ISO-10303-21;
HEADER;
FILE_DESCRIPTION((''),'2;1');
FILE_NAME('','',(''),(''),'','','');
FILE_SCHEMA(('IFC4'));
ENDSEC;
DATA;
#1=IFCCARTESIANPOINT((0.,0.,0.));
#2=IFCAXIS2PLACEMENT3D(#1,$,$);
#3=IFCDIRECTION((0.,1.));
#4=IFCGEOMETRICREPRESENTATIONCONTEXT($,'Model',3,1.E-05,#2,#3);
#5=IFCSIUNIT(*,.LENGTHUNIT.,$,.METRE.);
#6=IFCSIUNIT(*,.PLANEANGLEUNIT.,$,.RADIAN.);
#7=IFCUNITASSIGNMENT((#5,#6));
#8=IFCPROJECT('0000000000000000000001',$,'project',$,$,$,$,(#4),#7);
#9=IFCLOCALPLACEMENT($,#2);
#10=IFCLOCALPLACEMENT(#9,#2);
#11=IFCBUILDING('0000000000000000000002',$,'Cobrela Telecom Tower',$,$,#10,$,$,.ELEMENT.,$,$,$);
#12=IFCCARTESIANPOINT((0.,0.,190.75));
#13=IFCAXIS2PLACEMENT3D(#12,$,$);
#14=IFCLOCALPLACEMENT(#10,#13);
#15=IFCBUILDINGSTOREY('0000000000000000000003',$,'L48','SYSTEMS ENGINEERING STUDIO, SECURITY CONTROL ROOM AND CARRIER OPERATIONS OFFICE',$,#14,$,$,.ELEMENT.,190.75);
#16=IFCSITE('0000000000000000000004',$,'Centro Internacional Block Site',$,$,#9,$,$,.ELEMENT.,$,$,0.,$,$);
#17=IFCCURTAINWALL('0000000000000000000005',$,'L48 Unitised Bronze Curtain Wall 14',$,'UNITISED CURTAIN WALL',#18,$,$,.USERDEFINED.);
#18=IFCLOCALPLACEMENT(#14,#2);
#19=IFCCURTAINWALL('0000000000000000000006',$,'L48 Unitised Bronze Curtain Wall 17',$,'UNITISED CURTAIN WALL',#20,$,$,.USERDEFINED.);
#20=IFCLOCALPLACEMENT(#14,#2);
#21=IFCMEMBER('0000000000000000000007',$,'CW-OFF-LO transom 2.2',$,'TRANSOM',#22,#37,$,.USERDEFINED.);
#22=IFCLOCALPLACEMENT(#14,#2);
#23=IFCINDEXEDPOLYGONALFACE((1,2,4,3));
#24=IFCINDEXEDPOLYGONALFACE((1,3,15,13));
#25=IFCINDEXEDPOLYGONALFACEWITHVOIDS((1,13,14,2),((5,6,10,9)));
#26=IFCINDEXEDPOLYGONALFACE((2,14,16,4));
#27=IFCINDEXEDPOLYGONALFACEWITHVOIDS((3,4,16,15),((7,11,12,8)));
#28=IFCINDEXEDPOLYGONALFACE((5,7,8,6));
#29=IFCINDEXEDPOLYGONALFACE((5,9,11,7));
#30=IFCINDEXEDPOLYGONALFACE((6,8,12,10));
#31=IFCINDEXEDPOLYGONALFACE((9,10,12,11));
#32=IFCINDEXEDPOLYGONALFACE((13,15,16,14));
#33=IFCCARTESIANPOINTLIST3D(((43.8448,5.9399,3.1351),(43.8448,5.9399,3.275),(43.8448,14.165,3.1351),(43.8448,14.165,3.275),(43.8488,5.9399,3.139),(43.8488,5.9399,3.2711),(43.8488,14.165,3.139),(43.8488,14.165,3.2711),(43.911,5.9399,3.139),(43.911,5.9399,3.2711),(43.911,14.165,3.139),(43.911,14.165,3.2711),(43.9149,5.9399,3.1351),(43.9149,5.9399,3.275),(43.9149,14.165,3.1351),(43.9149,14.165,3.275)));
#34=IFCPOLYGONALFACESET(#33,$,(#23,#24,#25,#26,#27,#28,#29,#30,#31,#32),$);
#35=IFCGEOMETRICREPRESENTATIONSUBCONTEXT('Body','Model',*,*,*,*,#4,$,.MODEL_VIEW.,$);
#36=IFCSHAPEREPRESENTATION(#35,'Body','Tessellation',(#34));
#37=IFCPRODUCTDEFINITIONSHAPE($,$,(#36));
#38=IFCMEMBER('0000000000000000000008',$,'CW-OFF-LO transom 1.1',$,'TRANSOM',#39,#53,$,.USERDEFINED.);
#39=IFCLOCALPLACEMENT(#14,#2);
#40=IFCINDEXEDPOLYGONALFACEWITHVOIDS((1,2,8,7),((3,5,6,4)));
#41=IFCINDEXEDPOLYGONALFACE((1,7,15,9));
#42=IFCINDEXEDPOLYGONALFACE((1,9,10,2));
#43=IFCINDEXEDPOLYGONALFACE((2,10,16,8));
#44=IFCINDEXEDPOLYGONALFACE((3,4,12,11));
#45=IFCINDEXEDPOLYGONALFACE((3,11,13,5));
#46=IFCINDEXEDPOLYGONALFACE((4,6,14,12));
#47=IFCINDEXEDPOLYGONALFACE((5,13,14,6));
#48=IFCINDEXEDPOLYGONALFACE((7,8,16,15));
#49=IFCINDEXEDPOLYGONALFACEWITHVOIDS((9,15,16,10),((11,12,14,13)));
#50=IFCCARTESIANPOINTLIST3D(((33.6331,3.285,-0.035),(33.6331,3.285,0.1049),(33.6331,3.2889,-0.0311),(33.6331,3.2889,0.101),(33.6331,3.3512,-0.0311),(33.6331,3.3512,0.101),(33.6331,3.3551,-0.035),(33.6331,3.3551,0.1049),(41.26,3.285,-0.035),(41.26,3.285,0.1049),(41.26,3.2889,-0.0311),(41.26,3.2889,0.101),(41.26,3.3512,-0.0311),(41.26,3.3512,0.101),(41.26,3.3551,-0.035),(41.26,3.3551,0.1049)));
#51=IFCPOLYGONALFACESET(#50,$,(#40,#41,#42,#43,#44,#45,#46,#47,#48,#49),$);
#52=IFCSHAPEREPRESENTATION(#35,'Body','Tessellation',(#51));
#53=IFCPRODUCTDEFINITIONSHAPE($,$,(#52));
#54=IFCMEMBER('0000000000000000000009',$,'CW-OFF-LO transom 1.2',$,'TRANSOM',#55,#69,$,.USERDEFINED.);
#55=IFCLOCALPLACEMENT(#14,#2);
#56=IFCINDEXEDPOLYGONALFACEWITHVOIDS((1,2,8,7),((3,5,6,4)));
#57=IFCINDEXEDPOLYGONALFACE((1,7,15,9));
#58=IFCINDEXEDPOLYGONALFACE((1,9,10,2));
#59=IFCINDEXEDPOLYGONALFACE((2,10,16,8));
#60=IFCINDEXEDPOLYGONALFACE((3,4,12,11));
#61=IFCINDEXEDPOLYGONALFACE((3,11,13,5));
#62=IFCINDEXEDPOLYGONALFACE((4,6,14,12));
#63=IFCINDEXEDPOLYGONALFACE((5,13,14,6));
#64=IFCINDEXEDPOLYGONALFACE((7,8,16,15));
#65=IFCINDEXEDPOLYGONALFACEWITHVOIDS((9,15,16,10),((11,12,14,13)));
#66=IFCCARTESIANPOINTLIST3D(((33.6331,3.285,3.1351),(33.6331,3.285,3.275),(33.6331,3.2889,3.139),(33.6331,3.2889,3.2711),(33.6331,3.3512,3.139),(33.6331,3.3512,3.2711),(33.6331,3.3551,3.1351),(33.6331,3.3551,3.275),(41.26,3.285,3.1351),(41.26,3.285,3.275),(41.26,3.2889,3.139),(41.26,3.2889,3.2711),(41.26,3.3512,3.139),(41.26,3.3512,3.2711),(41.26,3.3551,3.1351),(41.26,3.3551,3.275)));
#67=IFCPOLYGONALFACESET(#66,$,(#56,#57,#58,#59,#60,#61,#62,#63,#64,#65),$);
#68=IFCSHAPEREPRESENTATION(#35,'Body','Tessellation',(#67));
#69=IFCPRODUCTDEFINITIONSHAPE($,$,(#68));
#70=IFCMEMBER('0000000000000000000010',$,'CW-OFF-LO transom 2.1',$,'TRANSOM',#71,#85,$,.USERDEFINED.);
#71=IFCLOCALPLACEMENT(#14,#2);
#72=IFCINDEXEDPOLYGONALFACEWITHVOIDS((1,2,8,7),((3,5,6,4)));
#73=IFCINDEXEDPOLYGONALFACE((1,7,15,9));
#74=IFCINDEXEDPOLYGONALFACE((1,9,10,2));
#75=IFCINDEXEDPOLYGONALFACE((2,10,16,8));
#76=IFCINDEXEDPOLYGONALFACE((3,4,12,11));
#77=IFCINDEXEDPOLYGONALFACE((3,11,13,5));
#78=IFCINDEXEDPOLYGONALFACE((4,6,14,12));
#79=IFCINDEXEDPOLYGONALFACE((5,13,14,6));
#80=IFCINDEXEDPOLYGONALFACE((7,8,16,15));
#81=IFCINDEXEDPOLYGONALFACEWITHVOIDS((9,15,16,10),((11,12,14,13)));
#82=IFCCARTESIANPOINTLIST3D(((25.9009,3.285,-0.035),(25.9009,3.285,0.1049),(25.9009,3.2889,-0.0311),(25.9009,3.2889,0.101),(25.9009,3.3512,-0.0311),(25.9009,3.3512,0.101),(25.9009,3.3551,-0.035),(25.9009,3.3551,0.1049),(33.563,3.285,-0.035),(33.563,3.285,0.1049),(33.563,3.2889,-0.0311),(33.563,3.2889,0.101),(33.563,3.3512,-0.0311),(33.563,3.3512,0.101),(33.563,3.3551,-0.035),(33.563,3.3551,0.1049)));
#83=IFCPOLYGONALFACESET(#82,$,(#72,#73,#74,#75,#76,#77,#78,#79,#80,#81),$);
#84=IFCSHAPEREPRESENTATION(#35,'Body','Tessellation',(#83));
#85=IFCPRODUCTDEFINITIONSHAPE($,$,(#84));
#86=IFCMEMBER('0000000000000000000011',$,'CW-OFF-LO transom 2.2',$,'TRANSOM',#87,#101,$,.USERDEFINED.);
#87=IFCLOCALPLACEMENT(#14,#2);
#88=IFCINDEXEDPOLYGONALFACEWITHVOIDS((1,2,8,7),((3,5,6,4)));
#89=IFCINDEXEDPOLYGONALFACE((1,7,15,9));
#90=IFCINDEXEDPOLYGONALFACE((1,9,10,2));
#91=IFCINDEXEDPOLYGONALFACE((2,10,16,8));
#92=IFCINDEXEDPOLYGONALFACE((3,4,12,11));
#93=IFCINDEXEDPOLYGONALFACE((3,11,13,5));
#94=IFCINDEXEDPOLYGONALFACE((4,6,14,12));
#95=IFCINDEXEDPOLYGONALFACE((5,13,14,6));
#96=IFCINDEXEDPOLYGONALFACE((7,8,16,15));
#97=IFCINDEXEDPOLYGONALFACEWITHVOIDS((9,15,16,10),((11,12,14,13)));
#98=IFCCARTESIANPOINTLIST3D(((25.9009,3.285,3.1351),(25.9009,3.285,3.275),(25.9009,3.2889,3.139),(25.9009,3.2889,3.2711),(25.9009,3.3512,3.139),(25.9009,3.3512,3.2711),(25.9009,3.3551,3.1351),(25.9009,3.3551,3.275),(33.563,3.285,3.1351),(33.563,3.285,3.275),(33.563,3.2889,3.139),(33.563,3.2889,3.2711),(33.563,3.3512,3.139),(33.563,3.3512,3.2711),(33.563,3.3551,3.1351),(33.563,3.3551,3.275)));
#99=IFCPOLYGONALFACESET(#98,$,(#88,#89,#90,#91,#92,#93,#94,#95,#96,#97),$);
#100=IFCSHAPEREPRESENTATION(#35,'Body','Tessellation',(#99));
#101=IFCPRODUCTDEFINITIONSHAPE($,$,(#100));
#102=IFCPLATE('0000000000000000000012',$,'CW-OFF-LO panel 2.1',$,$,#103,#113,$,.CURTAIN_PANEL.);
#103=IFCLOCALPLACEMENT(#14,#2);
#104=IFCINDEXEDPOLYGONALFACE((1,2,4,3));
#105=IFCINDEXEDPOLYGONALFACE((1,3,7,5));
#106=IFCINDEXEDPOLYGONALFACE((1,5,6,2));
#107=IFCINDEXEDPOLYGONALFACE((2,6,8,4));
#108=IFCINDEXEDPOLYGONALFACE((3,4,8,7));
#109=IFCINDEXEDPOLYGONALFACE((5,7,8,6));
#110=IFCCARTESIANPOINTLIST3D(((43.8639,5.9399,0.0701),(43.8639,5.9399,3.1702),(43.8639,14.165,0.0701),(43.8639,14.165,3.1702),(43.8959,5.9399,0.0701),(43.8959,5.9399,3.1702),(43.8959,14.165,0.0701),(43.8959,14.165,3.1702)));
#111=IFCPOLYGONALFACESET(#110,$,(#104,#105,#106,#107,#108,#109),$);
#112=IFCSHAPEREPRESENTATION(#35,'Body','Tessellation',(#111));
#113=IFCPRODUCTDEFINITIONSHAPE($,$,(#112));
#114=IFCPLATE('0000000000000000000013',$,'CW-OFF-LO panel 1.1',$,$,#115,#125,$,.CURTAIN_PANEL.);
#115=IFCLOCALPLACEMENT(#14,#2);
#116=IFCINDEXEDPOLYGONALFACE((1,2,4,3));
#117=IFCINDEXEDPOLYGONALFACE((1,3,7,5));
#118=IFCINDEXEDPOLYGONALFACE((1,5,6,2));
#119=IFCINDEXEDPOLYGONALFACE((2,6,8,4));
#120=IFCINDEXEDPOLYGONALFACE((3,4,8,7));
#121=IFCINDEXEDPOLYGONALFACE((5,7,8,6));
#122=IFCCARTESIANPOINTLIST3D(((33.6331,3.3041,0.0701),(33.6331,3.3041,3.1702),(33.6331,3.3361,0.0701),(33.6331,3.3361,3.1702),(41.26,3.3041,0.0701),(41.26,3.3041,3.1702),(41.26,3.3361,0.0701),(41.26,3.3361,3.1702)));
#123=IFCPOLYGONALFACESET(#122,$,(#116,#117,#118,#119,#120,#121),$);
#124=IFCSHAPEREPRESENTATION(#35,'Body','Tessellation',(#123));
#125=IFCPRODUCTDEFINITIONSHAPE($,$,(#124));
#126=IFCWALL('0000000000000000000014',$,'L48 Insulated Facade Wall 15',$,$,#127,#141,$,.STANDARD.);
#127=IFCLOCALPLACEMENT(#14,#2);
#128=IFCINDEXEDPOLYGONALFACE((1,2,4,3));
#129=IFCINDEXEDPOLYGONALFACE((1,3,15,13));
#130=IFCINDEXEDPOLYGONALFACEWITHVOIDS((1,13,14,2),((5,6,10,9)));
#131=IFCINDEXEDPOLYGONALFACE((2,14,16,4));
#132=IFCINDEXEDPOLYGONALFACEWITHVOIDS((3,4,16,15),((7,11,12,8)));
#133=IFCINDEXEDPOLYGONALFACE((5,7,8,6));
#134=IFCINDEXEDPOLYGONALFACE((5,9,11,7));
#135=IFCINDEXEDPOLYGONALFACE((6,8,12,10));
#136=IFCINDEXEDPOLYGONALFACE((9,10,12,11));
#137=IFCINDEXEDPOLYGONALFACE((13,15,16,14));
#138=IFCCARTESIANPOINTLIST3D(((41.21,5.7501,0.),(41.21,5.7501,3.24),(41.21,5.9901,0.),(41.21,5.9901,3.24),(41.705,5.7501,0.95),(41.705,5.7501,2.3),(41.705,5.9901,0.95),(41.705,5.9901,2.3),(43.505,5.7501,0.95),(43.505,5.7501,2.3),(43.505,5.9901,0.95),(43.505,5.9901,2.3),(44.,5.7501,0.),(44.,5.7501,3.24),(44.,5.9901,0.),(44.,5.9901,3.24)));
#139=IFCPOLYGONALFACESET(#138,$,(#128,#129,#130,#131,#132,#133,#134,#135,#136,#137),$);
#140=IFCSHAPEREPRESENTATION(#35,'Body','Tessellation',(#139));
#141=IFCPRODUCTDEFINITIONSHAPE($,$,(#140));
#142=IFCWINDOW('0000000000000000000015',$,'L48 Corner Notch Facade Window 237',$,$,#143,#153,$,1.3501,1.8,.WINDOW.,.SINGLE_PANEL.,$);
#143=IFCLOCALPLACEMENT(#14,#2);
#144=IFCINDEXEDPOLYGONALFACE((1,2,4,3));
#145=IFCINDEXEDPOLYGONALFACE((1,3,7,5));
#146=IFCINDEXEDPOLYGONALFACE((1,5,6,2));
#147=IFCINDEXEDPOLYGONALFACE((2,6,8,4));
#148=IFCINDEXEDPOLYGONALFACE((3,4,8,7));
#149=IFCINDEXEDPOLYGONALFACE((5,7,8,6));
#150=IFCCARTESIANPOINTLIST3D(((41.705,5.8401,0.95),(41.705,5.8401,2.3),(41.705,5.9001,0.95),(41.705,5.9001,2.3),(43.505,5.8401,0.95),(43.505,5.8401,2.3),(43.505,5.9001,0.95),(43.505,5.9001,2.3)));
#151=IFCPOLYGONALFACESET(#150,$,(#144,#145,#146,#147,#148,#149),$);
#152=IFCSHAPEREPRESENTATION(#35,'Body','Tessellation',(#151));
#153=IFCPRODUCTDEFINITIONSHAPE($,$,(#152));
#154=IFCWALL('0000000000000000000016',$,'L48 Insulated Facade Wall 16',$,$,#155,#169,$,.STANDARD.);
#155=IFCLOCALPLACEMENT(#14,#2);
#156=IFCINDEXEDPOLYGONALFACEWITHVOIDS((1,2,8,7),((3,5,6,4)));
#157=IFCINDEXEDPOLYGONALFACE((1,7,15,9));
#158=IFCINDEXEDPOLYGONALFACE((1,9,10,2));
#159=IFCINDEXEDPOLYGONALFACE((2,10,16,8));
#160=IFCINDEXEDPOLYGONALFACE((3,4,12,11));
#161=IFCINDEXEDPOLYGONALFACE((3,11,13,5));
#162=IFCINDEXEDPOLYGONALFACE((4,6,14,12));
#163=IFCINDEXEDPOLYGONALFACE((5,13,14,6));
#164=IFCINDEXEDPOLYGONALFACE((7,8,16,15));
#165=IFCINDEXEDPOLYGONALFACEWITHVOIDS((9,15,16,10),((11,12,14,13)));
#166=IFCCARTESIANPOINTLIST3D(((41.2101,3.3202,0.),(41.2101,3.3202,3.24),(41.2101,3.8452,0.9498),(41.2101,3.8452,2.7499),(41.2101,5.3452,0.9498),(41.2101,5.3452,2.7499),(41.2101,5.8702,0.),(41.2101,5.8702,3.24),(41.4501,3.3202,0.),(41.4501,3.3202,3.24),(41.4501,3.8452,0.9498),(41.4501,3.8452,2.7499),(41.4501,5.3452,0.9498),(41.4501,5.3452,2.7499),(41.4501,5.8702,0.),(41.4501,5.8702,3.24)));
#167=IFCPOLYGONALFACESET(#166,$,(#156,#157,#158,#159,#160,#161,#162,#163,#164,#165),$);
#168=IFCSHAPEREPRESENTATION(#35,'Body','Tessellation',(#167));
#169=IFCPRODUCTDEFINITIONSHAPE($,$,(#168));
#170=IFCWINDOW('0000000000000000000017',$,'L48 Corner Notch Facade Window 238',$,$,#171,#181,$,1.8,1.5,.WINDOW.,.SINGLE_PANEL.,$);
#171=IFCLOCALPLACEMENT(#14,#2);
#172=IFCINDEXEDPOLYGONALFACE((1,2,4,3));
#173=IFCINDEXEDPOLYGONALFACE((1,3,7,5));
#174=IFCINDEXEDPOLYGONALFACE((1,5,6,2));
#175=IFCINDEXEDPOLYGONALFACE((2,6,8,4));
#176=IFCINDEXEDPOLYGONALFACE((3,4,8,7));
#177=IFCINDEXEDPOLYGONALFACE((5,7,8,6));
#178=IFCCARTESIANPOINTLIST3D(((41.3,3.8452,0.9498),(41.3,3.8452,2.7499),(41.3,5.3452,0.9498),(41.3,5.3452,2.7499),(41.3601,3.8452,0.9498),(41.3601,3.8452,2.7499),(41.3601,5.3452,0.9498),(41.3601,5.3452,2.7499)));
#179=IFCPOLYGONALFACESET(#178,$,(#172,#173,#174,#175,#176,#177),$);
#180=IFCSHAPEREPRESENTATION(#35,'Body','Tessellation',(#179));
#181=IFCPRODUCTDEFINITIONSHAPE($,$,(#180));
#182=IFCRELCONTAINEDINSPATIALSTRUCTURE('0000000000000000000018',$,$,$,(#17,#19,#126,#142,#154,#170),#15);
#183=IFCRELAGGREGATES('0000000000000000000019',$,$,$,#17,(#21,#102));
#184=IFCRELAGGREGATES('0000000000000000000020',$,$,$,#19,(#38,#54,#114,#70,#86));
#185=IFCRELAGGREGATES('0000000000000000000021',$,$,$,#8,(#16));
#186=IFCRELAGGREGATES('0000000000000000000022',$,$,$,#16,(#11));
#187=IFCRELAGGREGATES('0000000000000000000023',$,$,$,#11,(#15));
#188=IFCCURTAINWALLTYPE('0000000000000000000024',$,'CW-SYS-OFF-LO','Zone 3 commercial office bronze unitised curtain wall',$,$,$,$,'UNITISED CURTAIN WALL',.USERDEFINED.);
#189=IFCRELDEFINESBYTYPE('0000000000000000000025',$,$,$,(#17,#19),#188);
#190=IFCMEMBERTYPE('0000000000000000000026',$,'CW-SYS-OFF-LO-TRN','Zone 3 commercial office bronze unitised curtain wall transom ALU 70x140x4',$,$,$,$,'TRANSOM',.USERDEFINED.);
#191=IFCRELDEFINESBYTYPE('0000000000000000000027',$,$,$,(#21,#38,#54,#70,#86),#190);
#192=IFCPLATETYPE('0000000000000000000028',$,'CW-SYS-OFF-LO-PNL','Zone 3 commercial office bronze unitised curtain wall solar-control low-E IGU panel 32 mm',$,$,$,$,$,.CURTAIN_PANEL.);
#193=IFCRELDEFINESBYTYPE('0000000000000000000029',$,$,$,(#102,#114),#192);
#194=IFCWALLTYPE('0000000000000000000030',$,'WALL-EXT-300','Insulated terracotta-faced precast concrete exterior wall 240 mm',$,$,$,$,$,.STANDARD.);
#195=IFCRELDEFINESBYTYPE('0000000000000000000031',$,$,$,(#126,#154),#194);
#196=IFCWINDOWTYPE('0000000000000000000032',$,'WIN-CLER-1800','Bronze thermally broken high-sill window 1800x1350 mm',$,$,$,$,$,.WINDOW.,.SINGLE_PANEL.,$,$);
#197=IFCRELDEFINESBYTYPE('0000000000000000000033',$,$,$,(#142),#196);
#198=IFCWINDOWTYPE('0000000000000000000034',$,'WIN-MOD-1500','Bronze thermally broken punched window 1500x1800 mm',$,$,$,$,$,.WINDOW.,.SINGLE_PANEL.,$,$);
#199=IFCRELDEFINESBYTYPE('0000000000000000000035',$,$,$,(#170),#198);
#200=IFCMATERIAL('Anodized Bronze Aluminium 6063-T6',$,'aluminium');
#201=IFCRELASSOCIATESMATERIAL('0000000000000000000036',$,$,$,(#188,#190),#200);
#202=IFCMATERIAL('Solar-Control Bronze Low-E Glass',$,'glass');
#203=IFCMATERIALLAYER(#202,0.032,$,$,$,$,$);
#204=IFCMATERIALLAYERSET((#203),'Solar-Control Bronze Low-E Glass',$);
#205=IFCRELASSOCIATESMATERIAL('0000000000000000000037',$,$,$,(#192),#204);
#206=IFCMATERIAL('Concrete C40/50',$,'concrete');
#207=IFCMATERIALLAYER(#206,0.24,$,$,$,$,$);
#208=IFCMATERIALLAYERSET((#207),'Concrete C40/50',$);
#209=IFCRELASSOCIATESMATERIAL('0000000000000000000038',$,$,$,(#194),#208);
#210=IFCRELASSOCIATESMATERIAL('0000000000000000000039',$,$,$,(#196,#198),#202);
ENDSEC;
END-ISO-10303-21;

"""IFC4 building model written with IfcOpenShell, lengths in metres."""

from ifc_helpers import new_model, si_unit, direction, frame, frame_2d, origin, origin_2d, place, context, subcontext, project, spatial, rectangle, hollow_rectangle, extrude, material, layer, layer_set, material_profile, profile_set, type_object, element, fill, aggregate, save


model = new_model("IFC4")

# Units and contexts
model_context = context("Model", 3, precision=1e-05, world=origin(), true_north=direction((0.0, 1.0)))
body_context = subcontext(model_context, "Body", "Model", "MODEL_VIEW")
ifc_project = project(units=[si_unit("LENGTHUNIT", "METRE"), si_unit("PLANEANGLEUNIT", "RADIAN")], contexts=[model_context])

# Site, building, storey
site_placement = place(None, origin())
site = spatial("IfcSite", under=ifc_project, at=site_placement, Name="Centro Internacional Block Site", CompositionType="ELEMENT", RefElevation=0.0)
building_placement = place(site_placement, origin())
building = spatial("IfcBuilding", under=site, at=building_placement, Name="Cobrela Telecom Tower", CompositionType="ELEMENT")
storey_placement = place(building_placement, frame((0.0, 0.0, 190.75)))
storey = spatial("IfcBuildingStorey", under=building, at=storey_placement, Name="L48", Description="SYSTEMS ENGINEERING STUDIO, SECURITY CONTROL ROOM AND CARRIER OPERATIONS OFFICE", CompositionType="ELEMENT", Elevation=190.75)

# Curtain walls
ifc_material_1 = material(Name="Anodized Bronze Aluminium 6063-T6", Category="aluminium")
curtain_wall_type = type_object("IfcCurtainWallType", Name="CW-SYS-OFF-LO", Description="Zone 3 commercial office bronze unitised curtain wall", ElementType="UNITISED CURTAIN WALL", PredefinedType="USERDEFINED", material=ifc_material_1)
curtain_wall_1_placement = place(storey_placement, origin())
curtain_wall_1 = element("IfcCurtainWall", 1, at=curtain_wall_1_placement, inside=storey, type_object=curtain_wall_type, Name="L48 Unitised Bronze Curtain Wall 14", ObjectType="UNITISED CURTAIN WALL", PredefinedType="USERDEFINED")
curtain_wall_2_placement = place(storey_placement, origin())
curtain_wall_2 = element("IfcCurtainWall", 2, at=curtain_wall_2_placement, inside=storey, type_object=curtain_wall_type, Name="L48 Unitised Bronze Curtain Wall 17", ObjectType="UNITISED CURTAIN WALL", PredefinedType="USERDEFINED")

# Members
ifc_material_profile_1 = material_profile(ifc_material_1, hollow_rectangle(XDim=0.0701, YDim=0.1399, WallThickness=0.0039, at=origin_2d()), Name="ALU 70x140x4")
ifc_profile_set_1 = profile_set([ifc_material_profile_1], Name="Anodized Bronze Aluminium 6063-T6")
member_type_1 = type_object("IfcMemberType", Name="CW-SYS-OFF-LO-TRN", Description="Zone 3 commercial office bronze unitised curtain wall transom ALU 70x140x4", ElementType="TRANSOM", PredefinedType="USERDEFINED", material=ifc_profile_set_1)
member_1_placement = place(storey_placement, frame((43.8799, 14.165, 3.2051), z_axis=(0.0, -1.0, 0.0), x_axis=(1.0, 0.0, 0.0)))
member_1 = element("IfcMember", 3, at=member_1_placement, type_object=member_type_1, Name="CW-OFF-LO transom 2.2", ObjectType="TRANSOM", PredefinedType="USERDEFINED", context=body_context, shape_type="SweptSolid", body=[
    extrude(hollow_rectangle(XDim=0.0701, YDim=0.1399, WallThickness=0.0039, at=origin_2d()), origin(), (0.0, 0.0, 1.0), 8.2251),
])
member_2_placement = place(storey_placement, frame((41.26, 3.3201, 0.0349), z_axis=(-1.0, 0.0, 0.0), x_axis=(0.0, -1.0, 0.0)))
member_2 = element("IfcMember", 4, at=member_2_placement, type_object=member_type_1, Name="CW-OFF-LO transom 1.1", ObjectType="TRANSOM", PredefinedType="USERDEFINED", context=body_context, shape_type="SweptSolid", body=[
    extrude(hollow_rectangle(XDim=0.0701, YDim=0.1399, WallThickness=0.0039, at=origin_2d()), origin(), (0.0, 0.0, 1.0), 7.627),
])
member_3_placement = place(storey_placement, frame((41.26, 3.3201, 3.2051), z_axis=(-1.0, 0.0, 0.0), x_axis=(0.0, -1.0, 0.0)))
member_3 = element("IfcMember", 5, at=member_3_placement, type_object=member_type_1, Name="CW-OFF-LO transom 1.2", ObjectType="TRANSOM", PredefinedType="USERDEFINED", context=body_context, shape_type="SweptSolid", body=[
    extrude(hollow_rectangle(XDim=0.0701, YDim=0.1399, WallThickness=0.0039, at=origin_2d()), origin(), (0.0, 0.0, 1.0), 7.627),
])
member_4_placement = place(storey_placement, frame((33.563, 3.3201, 0.0349), z_axis=(-1.0, 0.0, 0.0), x_axis=(0.0, -1.0, 0.0)))
member_4 = element("IfcMember", 6, at=member_4_placement, type_object=member_type_1, Name="CW-OFF-LO transom 2.1", ObjectType="TRANSOM", PredefinedType="USERDEFINED", context=body_context, shape_type="SweptSolid", body=[
    extrude(hollow_rectangle(XDim=0.0701, YDim=0.1399, WallThickness=0.0039, at=origin_2d()), origin(), (0.0, 0.0, 1.0), 7.6621),
])
member_5_placement = place(storey_placement, frame((33.563, 3.3201, 3.2051), z_axis=(-1.0, 0.0, 0.0), x_axis=(0.0, -1.0, 0.0)))
member_5 = element("IfcMember", 7, at=member_5_placement, type_object=member_type_1, Name="CW-OFF-LO transom 2.2", ObjectType="TRANSOM", PredefinedType="USERDEFINED", context=body_context, shape_type="SweptSolid", body=[
    extrude(hollow_rectangle(XDim=0.0701, YDim=0.1399, WallThickness=0.0039, at=origin_2d()), origin(), (0.0, 0.0, 1.0), 7.6621),
])

# Plates
ifc_material_2 = material(Name="Solar-Control Bronze Low-E Glass", Category="glass")
ifc_layer_1 = layer(ifc_material_2, 0.032)
ifc_layer_set_1 = layer_set([ifc_layer_1], Name="Solar-Control Bronze Low-E Glass")
plate_type = type_object("IfcPlateType", Name="CW-SYS-OFF-LO-PNL", Description="Zone 3 commercial office bronze unitised curtain wall solar-control low-E IGU panel 32 mm", PredefinedType="CURTAIN_PANEL", material=ifc_layer_set_1)
plate_1_placement = place(storey_placement, frame((43.8799, 10.0525, 0.0701), z_axis=(0.0, 0.0, 1.0), x_axis=(0.0, -1.0, 0.0)))
plate_1 = element("IfcPlate", 8, at=plate_1_placement, type_object=plate_type, Name="CW-OFF-LO panel 2.1", PredefinedType="CURTAIN_PANEL", context=body_context, shape_type="SweptSolid", body=[
    extrude(rectangle(XDim=8.2251, YDim=0.032, at=origin_2d()), origin(), (0.0, 0.0, 1.0), 3.1001),
])
aggregate(curtain_wall_1, [member_1, plate_1])
plate_2_placement = place(storey_placement, frame((37.4465, 3.3201, 0.0701), z_axis=(0.0, 0.0, 1.0), x_axis=(-1.0, 0.0, 0.0)))
plate_2 = element("IfcPlate", 9, at=plate_2_placement, type_object=plate_type, Name="CW-OFF-LO panel 1.1", PredefinedType="CURTAIN_PANEL", context=body_context, shape_type="SweptSolid", body=[
    extrude(rectangle(XDim=7.627, YDim=0.032, at=origin_2d()), origin(), (0.0, 0.0, 1.0), 3.1001),
])
aggregate(curtain_wall_2, [member_2, member_3, plate_2, member_4, member_5])

# Walls, openings, windows
ifc_material_3 = material(Name="Concrete C40/50", Category="concrete")
ifc_layer_2 = layer(ifc_material_3, 0.24)
ifc_layer_set_2 = layer_set([ifc_layer_2], Name="Concrete C40/50")
wall_type_1 = type_object("IfcWallType", Name="WALL-EXT-300", Description="Insulated terracotta-faced precast concrete exterior wall 240 mm", PredefinedType="STANDARD", material=ifc_layer_set_2)
wall_1_placement = place(storey_placement, frame((44.0, 5.8701, 0.0), z_axis=(0.0, 0.0, 1.0), x_axis=(-1.0, 0.0, 0.0)))
wall_1 = element("IfcWall", 10, at=wall_1_placement, inside=storey, type_object=wall_type_1, Name="L48 Insulated Facade Wall 15", PredefinedType="STANDARD", context=body_context, shape_type="SweptSolid", body=[
    extrude(rectangle(XDim=2.79, YDim=0.24, at=frame_2d((1.395, 0.0))), origin(), (0.0, 0.0, 1.0), 3.24),
])
opening_1_placement = place(wall_1_placement, frame((0.4951, 0.0, 0.95)))
opening_1 = element("IfcOpeningElement", 11, at=opening_1_placement, cuts=wall_1, PredefinedType="OPENING", context=body_context, shape_type="SweptSolid", body=[
    extrude(rectangle(XDim=1.8, YDim=1.3501, at=frame_2d((0.8999, 0.675))), frame((0.0, 0.1318, 0.0), z_axis=(0.0, -1.0, 0.0), x_axis=(1.0, 0.0, 0.0)), (0.0, 0.0, 1.0), 0.2639),
])
window_type_1 = type_object("IfcWindowType", Name="WIN-CLER-1800", Description="Bronze thermally broken high-sill window 1800x1350 mm", PartitioningType="SINGLE_PANEL", PredefinedType="WINDOW", material=ifc_material_2)
window_1_placement = place(opening_1_placement, origin())
window_1 = element("IfcWindow", 12, at=window_1_placement, inside=storey, type_object=window_type_1, Name="L48 Corner Notch Facade Window 237", OverallHeight=1.3501, OverallWidth=1.8, PartitioningType="SINGLE_PANEL", PredefinedType="WINDOW", context=body_context, shape_type="SweptSolid", body=[
    extrude(rectangle(XDim=1.8, YDim=1.3501, at=frame_2d((0.8999, 0.675))), frame((0.0, 0.03, 0.0), z_axis=(0.0, -1.0, 0.0), x_axis=(1.0, 0.0, 0.0)), (0.0, 0.0, 1.0), 0.0601),
])
fill(opening_1, window_1)
wall_2_placement = place(storey_placement, frame((41.3301, 5.8701, 0.0), z_axis=(0.0, 0.0, 1.0), x_axis=(0.0, -1.0, 0.0)))
wall_2 = element("IfcWall", 13, at=wall_2_placement, inside=storey, type_object=wall_type_1, Name="L48 Insulated Facade Wall 16", PredefinedType="STANDARD", context=body_context, shape_type="SweptSolid", body=[
    extrude(rectangle(XDim=2.55, YDim=0.24, at=frame_2d((1.2749, 0.0))), origin(), (0.0, 0.0, 1.0), 3.24),
])
opening_2_placement = place(wall_2_placement, frame((0.5249, 0.0, 0.95)))
opening_2 = element("IfcOpeningElement", 14, at=opening_2_placement, cuts=wall_2, PredefinedType="OPENING", context=body_context, shape_type="SweptSolid", body=[
    extrude(rectangle(XDim=1.5, YDim=1.8, at=frame_2d((0.75, 0.8999))), frame((0.0, 0.1318, 0.0), z_axis=(0.0, -1.0, 0.0), x_axis=(1.0, 0.0, 0.0)), (0.0, 0.0, 1.0), 0.2639),
])
window_type_2 = type_object("IfcWindowType", Name="WIN-MOD-1500", Description="Bronze thermally broken punched window 1500x1800 mm", PartitioningType="SINGLE_PANEL", PredefinedType="WINDOW", material=ifc_material_2)
window_2_placement = place(opening_2_placement, origin())
window_2 = element("IfcWindow", 15, at=window_2_placement, inside=storey, type_object=window_type_2, Name="L48 Corner Notch Facade Window 238", OverallHeight=1.8, OverallWidth=1.5, PartitioningType="SINGLE_PANEL", PredefinedType="WINDOW", context=body_context, shape_type="SweptSolid", body=[
    extrude(rectangle(XDim=1.5, YDim=1.8, at=frame_2d((0.75, 0.8999))), frame((0.0, 0.03, 0.0), z_axis=(0.0, -1.0, 0.0), x_axis=(1.0, 0.0, 0.0)), (0.0, 0.0, 1.0), 0.0601),
])
fill(opening_2, window_2)

save(model, "model.ifc")
